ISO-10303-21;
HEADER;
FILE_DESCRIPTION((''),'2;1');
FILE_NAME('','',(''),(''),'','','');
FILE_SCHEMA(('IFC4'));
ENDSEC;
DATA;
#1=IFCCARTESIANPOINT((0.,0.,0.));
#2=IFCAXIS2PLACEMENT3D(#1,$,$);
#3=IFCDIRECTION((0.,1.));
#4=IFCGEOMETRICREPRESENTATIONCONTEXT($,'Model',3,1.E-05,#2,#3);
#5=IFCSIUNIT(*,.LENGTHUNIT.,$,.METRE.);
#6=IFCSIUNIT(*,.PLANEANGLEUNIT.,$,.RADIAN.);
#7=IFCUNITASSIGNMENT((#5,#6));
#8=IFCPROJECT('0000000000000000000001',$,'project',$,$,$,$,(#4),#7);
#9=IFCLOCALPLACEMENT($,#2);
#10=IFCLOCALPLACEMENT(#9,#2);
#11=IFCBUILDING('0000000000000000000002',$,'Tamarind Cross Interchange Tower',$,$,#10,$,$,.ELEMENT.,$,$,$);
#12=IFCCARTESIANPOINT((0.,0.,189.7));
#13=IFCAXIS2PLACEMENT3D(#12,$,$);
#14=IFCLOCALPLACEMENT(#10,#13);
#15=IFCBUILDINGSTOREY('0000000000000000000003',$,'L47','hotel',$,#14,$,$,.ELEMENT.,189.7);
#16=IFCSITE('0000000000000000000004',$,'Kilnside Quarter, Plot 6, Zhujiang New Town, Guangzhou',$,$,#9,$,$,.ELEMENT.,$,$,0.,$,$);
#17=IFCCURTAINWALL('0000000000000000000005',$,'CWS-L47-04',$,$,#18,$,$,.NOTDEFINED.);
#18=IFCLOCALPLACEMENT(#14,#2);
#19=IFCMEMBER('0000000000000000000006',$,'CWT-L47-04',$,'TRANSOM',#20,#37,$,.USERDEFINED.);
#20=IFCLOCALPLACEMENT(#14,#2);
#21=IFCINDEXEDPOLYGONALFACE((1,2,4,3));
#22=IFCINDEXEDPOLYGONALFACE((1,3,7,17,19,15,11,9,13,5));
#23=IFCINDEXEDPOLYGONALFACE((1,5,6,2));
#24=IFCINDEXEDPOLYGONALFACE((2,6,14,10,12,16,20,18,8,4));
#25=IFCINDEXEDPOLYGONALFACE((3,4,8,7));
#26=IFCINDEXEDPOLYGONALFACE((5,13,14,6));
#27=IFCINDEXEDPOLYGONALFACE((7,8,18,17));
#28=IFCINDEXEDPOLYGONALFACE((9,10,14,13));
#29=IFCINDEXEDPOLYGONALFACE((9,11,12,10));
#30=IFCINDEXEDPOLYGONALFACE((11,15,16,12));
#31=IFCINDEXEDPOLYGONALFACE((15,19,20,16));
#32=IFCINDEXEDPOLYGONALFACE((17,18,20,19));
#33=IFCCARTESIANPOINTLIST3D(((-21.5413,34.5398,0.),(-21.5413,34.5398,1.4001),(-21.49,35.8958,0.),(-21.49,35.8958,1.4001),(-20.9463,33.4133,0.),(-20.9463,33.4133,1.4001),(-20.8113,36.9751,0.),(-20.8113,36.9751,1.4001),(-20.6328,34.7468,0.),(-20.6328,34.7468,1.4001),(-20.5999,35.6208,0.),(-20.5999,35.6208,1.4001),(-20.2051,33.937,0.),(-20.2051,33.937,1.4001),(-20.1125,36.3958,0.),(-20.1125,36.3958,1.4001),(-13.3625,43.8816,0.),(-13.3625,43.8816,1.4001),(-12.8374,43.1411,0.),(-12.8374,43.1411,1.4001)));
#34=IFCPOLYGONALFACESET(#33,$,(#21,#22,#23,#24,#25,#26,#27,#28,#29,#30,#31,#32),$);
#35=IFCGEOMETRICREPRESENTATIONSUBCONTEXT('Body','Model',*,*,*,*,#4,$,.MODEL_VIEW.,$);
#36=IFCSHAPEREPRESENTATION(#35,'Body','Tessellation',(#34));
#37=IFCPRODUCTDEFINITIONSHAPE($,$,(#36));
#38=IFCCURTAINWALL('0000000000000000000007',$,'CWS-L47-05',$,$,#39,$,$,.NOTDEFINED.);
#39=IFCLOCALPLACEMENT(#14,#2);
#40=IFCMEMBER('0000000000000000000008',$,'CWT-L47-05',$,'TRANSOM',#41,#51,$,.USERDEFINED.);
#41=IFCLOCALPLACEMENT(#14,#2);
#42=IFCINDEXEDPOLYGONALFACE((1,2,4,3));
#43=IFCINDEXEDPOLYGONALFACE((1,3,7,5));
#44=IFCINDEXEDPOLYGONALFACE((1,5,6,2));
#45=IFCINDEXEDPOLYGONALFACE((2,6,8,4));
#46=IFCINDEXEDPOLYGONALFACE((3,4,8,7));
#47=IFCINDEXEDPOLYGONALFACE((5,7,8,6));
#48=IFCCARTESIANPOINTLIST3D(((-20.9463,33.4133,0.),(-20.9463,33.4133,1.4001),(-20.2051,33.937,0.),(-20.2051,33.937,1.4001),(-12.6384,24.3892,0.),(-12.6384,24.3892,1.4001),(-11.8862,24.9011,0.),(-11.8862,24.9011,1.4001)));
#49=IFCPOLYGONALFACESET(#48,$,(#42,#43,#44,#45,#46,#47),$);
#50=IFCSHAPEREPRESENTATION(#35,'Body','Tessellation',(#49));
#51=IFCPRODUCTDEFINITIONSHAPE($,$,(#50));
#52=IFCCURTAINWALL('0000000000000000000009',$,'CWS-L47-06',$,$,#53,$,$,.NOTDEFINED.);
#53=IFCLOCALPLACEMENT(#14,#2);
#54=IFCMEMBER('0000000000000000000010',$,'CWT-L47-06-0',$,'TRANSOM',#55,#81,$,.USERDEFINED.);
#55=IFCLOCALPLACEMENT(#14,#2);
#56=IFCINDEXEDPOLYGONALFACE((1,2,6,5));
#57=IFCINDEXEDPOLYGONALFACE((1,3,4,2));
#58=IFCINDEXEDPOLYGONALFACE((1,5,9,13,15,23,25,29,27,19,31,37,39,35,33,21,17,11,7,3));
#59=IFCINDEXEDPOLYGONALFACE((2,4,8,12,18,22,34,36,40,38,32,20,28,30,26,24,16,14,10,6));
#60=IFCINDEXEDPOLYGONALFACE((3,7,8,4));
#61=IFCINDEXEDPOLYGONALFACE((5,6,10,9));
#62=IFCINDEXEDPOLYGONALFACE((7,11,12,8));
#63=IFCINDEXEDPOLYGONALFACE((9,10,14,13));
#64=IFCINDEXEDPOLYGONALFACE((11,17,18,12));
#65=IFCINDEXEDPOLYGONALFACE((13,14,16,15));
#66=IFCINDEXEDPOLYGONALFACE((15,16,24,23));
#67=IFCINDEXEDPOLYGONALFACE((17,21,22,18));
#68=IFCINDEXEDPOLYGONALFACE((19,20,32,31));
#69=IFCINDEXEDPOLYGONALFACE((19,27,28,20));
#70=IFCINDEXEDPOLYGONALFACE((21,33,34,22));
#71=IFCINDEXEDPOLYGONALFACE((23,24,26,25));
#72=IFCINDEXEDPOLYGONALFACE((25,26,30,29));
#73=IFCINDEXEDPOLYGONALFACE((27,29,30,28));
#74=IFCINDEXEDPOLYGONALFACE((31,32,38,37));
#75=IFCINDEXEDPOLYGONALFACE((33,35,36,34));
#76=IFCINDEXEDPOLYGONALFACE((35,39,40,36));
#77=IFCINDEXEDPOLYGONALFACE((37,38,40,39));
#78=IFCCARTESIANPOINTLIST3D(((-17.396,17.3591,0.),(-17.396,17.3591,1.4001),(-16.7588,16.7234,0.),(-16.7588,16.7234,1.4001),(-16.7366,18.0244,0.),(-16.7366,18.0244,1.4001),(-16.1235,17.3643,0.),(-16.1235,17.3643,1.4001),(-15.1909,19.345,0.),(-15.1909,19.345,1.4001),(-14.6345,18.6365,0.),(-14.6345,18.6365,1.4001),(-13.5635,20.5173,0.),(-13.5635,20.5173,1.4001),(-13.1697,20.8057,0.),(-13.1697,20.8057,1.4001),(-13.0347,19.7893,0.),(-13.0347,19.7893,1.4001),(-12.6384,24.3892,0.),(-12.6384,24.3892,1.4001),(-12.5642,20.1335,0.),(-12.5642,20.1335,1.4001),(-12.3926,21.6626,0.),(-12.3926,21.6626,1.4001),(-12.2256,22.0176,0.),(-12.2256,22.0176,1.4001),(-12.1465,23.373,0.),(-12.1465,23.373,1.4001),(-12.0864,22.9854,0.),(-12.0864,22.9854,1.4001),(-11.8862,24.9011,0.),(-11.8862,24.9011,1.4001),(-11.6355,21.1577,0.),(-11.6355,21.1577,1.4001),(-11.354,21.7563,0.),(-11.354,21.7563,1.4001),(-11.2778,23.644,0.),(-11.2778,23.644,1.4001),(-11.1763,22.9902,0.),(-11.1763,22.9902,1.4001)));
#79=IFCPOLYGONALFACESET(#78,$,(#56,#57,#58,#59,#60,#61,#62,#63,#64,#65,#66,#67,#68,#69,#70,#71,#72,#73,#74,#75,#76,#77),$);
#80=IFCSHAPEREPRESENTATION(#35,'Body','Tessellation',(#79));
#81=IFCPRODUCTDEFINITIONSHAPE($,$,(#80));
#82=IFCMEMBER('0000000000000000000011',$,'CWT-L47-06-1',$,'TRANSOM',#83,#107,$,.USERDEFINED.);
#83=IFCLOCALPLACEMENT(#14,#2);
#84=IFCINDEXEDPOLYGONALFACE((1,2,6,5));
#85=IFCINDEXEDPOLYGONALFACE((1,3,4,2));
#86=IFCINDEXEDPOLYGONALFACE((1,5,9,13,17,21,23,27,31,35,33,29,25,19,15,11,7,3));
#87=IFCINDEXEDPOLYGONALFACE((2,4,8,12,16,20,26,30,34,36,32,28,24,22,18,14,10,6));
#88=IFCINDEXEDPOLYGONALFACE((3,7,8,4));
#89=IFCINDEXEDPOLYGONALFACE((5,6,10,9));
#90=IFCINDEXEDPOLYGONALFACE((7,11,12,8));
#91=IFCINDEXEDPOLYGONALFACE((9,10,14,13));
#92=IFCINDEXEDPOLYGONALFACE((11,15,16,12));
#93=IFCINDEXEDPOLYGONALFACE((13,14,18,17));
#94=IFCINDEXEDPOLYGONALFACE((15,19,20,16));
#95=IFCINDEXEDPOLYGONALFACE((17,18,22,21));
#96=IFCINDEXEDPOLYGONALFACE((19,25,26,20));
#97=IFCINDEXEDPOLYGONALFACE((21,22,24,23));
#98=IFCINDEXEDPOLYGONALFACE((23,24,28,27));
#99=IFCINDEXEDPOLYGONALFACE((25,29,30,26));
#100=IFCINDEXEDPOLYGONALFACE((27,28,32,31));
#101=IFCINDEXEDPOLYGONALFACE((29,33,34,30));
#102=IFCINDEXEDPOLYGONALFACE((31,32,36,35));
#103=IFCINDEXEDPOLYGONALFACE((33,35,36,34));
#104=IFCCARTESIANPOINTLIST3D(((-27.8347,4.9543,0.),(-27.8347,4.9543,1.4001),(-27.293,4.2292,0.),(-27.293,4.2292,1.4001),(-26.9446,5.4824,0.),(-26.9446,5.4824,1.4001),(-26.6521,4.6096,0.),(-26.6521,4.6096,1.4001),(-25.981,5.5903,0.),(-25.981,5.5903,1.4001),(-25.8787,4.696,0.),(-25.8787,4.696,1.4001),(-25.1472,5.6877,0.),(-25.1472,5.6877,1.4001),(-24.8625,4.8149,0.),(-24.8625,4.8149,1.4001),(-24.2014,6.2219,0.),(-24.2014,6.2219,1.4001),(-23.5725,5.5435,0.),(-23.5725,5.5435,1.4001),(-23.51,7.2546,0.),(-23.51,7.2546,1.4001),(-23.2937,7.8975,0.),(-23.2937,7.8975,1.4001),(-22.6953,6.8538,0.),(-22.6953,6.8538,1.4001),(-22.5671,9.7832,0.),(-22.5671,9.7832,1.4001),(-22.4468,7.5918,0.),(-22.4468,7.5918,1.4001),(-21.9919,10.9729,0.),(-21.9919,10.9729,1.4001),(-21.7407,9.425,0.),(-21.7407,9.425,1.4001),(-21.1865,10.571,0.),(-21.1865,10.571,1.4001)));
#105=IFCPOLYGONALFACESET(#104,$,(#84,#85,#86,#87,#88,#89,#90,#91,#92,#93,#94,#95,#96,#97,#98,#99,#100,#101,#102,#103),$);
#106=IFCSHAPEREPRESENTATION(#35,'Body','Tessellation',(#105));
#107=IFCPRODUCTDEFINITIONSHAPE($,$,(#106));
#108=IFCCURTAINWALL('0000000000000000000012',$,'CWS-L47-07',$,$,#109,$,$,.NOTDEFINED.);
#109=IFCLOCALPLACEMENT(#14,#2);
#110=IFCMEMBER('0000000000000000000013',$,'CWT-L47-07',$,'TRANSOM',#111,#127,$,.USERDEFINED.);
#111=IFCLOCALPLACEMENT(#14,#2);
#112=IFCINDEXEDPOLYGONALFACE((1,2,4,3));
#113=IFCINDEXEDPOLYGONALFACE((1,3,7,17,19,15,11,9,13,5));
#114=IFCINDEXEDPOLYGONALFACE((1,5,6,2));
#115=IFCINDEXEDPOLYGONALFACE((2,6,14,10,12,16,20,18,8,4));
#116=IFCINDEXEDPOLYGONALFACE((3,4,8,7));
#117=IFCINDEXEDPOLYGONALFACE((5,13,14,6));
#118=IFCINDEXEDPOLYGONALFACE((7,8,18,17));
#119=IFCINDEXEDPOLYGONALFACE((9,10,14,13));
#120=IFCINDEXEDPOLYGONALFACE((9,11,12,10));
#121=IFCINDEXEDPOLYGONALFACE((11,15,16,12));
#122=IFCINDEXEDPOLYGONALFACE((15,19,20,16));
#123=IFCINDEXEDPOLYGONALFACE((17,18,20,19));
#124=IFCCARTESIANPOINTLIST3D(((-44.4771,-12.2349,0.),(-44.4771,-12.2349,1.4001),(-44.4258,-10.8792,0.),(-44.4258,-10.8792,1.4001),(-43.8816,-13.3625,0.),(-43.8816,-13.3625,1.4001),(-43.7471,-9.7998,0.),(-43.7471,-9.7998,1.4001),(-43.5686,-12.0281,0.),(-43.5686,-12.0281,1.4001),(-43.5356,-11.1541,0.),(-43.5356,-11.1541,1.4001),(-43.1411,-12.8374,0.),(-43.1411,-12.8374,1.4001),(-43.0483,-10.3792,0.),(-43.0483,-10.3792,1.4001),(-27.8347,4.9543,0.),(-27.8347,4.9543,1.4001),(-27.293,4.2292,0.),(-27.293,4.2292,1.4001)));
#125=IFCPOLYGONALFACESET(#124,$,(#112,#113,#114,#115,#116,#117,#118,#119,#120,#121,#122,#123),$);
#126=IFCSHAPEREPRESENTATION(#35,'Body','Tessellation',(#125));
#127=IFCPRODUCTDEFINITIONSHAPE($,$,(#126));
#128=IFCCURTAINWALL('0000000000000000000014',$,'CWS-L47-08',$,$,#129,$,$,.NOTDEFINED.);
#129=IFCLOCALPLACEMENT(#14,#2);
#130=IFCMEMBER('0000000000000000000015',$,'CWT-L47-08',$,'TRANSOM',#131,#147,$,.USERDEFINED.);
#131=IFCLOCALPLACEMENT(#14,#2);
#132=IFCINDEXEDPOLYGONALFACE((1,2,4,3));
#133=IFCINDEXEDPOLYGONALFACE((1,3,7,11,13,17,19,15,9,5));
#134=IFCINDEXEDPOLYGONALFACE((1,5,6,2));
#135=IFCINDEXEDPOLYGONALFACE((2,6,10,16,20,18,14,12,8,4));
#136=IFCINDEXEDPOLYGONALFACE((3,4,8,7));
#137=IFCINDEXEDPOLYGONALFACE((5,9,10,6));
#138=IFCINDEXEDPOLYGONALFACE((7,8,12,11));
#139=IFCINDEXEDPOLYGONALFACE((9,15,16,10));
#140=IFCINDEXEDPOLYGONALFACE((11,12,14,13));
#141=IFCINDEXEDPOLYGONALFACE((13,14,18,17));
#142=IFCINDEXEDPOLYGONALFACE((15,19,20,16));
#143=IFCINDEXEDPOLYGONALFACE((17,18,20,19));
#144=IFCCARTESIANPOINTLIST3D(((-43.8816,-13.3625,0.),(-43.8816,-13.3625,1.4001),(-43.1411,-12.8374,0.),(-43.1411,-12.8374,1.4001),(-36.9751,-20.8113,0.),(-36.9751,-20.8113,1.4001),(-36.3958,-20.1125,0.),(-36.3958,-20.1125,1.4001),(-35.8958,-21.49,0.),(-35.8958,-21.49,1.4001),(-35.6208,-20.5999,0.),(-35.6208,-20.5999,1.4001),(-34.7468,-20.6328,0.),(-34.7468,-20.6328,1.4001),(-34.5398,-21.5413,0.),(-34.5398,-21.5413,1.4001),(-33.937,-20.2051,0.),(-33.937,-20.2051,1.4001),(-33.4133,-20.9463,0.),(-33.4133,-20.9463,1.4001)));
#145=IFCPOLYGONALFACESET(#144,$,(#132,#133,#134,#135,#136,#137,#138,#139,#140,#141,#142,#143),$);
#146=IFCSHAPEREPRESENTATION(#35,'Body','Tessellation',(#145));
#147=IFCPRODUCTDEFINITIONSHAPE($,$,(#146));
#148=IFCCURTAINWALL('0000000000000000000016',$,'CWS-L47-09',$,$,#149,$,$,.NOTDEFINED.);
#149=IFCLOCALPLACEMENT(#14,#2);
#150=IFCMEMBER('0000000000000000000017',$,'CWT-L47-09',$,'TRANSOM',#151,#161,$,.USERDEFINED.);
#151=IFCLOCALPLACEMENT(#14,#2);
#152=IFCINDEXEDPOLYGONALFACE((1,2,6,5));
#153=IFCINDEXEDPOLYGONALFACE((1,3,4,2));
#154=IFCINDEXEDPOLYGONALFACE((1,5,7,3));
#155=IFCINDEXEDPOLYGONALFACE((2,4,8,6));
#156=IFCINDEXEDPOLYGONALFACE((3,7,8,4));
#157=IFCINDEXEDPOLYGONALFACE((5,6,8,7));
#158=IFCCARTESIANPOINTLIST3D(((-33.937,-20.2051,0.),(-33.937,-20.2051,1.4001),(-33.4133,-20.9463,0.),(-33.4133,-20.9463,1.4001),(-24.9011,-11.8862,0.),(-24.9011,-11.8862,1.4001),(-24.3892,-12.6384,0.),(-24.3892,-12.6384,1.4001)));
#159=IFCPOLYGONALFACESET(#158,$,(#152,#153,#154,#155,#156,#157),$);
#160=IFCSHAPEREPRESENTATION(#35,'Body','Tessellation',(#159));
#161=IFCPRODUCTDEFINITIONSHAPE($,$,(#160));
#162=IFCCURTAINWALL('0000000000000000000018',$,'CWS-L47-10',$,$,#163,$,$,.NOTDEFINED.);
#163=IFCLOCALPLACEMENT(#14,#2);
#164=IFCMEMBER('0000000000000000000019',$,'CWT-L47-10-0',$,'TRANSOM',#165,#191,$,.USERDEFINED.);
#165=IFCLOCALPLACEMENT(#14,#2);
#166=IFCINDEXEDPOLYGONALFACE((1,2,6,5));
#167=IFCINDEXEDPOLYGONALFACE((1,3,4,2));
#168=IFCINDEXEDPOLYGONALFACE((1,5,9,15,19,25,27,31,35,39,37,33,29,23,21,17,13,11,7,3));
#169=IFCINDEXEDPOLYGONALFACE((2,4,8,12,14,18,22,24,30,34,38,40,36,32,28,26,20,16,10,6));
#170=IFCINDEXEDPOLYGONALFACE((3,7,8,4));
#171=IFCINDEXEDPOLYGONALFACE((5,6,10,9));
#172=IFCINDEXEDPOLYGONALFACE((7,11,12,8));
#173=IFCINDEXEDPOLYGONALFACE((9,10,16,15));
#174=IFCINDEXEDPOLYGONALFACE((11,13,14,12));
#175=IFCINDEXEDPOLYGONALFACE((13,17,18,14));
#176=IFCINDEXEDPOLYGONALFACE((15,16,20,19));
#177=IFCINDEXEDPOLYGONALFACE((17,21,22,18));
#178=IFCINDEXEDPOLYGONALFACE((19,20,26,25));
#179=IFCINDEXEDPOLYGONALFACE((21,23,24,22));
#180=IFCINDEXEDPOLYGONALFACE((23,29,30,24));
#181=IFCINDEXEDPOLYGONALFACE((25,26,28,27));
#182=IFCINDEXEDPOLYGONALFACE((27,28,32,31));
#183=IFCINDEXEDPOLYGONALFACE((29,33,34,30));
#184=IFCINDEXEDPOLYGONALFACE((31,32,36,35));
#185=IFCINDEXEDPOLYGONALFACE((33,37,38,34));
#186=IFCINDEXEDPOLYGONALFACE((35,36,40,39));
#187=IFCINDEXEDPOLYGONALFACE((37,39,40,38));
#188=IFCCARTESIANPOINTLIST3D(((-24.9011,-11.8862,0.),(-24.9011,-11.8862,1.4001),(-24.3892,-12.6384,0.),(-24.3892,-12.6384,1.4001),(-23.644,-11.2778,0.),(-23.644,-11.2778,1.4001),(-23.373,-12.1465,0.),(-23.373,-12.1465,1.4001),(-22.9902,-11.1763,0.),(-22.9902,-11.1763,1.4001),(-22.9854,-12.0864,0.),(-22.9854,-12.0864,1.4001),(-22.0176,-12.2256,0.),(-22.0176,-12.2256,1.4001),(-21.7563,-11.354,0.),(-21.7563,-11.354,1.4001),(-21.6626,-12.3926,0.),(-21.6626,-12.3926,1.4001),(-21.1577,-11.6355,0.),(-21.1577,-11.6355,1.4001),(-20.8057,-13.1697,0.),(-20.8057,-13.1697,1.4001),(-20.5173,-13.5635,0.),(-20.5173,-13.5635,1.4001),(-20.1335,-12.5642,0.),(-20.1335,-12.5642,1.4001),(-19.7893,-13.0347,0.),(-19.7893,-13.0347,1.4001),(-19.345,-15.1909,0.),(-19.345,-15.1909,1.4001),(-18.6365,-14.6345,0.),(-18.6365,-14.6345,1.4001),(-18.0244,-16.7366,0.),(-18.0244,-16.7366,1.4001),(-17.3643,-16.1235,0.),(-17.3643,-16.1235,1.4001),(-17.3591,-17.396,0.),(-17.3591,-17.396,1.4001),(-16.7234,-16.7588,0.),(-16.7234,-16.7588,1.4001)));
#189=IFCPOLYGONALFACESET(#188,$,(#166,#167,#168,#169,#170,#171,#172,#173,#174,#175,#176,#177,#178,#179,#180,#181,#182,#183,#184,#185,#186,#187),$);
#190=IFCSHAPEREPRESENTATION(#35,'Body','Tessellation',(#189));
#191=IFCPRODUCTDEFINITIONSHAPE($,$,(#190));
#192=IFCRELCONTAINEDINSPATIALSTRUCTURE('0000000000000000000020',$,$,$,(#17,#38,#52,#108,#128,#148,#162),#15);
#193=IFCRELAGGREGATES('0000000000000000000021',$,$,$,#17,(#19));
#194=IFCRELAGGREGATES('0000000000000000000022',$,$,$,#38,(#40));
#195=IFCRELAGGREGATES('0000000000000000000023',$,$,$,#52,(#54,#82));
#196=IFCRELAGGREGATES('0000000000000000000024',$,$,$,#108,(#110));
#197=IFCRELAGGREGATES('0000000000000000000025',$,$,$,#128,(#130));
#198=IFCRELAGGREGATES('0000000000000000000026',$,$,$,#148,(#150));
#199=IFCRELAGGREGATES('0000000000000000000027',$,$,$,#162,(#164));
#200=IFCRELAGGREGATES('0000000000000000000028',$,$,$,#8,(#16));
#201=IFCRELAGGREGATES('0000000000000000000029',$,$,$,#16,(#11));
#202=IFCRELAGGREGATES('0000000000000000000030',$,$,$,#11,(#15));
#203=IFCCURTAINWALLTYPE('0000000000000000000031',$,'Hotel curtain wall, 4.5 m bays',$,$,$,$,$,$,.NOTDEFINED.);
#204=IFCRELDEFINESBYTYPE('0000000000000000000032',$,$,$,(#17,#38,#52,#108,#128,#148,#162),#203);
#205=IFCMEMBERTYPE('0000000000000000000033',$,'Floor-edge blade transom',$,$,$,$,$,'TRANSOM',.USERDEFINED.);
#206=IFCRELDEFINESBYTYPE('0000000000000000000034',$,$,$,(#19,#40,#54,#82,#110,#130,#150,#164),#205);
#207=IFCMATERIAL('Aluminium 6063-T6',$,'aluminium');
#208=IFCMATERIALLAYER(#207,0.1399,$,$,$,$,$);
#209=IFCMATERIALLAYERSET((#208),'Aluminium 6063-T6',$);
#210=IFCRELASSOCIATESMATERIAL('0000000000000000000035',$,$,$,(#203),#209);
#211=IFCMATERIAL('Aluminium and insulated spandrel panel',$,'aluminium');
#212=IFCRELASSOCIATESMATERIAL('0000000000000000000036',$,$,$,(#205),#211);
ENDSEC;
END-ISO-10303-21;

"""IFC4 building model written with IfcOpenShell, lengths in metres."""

from ifc_helpers import new_model, si_unit, direction, frame, origin, place, context, subcontext, project, spatial, polyline, outline, extrude, material, layer, layer_set, type_object, element, aggregate, save


model = new_model("IFC4")

# Units and contexts
model_context = context("Model", 3, precision=1e-05, world=origin(), true_north=direction((0.0, 1.0)))
body_context = subcontext(model_context, "Body", "Model", "MODEL_VIEW")
ifc_project = project(units=[si_unit("LENGTHUNIT", "METRE"), si_unit("PLANEANGLEUNIT", "RADIAN")], contexts=[model_context])

# Site, building, storey
site_placement = place(None, origin())
site = spatial("IfcSite", under=ifc_project, at=site_placement, Name="Kilnside Quarter, Plot 6, Zhujiang New Town, Guangzhou", CompositionType="ELEMENT", RefElevation=0.0)
building_placement = place(site_placement, origin())
building = spatial("IfcBuilding", under=site, at=building_placement, Name="Tamarind Cross Interchange Tower", CompositionType="ELEMENT")
storey_placement = place(building_placement, frame((0.0, 0.0, 189.7)))
storey = spatial("IfcBuildingStorey", under=building, at=storey_placement, Name="L47", Description="hotel", CompositionType="ELEMENT", Elevation=189.7)

# Curtain walls, members
ifc_material_1 = material(Name="Aluminium 6063-T6", Category="aluminium")
ifc_layer_1 = layer(ifc_material_1, 0.1399)
ifc_layer_set_1 = layer_set([ifc_layer_1], Name="Aluminium 6063-T6")
curtain_wall_type = type_object("IfcCurtainWallType", Name="Hotel curtain wall, 4.5 m bays", PredefinedType="NOTDEFINED", material=ifc_layer_set_1)
curtain_wall_1_placement = place(storey_placement, origin())
curtain_wall_1 = element("IfcCurtainWall", 1, at=curtain_wall_1_placement, inside=storey, type_object=curtain_wall_type, Name="CWS-L47-04", PredefinedType="NOTDEFINED")
ifc_material_2 = material(Name="Aluminium and insulated spandrel panel", Category="aluminium")
member_type = type_object("IfcMemberType", Name="Floor-edge blade transom", ElementType="TRANSOM", PredefinedType="USERDEFINED", material=ifc_material_2)
member_1_placement = place(storey_placement, origin())
member_1 = element("IfcMember", 2, at=member_1_placement, type_object=member_type, Name="CWT-L47-04", ObjectType="TRANSOM", PredefinedType="USERDEFINED", context=body_context, shape_type="SweptSolid", body=[
    extrude(outline(polyline([(-12.8374, 43.1411), (-20.1125, 36.3958), (-20.5999, 35.6208), (-20.6328, 34.7468), (-20.2051, 33.937), (-20.9463, 33.4133), (-21.5413, 34.5398), (-21.49, 35.8958), (-20.8113, 36.9751), (-13.3625, 43.8816), (-12.8374, 43.1411)])), origin(), (0.0, 0.0, 1.0), 1.4001),
])
aggregate(curtain_wall_1, [member_1])
curtain_wall_2_placement = place(storey_placement, origin())
curtain_wall_2 = element("IfcCurtainWall", 3, at=curtain_wall_2_placement, inside=storey, type_object=curtain_wall_type, Name="CWS-L47-05", PredefinedType="NOTDEFINED")
member_2_placement = place(storey_placement, origin())
member_2 = element("IfcMember", 4, at=member_2_placement, type_object=member_type, Name="CWT-L47-05", ObjectType="TRANSOM", PredefinedType="USERDEFINED", context=body_context, shape_type="SweptSolid", body=[
    extrude(outline(polyline([(-20.2051, 33.937), (-11.8862, 24.9011), (-12.6384, 24.3892), (-20.9463, 33.4133), (-20.2051, 33.937)])), origin(), (0.0, 0.0, 1.0), 1.4001),
])
aggregate(curtain_wall_2, [member_2])

# Curtain wall, members
curtain_wall_3_placement = place(storey_placement, origin())
curtain_wall_3 = element("IfcCurtainWall", 5, at=curtain_wall_3_placement, inside=storey, type_object=curtain_wall_type, Name="CWS-L47-06", PredefinedType="NOTDEFINED")
member_3_placement = place(storey_placement, origin())
member_3 = element("IfcMember", 6, at=member_3_placement, type_object=member_type, Name="CWT-L47-06-0", ObjectType="TRANSOM", PredefinedType="USERDEFINED", context=body_context, shape_type="SweptSolid", body=[
    extrude(outline(polyline([(-11.8862, 24.9011), (-11.2778, 23.644), (-11.1763, 22.9902), (-11.354, 21.7563), (-11.6355, 21.1577), (-12.5642, 20.1335), (-13.0347, 19.7893), (-14.6345, 18.6365), (-16.1235, 17.3643), (-16.7588, 16.7234), (-17.396, 17.3591), (-16.7366, 18.0244), (-15.1909, 19.345), (-13.5635, 20.5173), (-13.1697, 20.8057), (-12.3926, 21.6626), (-12.2256, 22.0176), (-12.0864, 22.9854), (-12.1465, 23.373), (-12.6384, 24.3892), (-11.8862, 24.9011)])), origin(), (0.0, 0.0, 1.0), 1.4001),
])
member_4_placement = place(storey_placement, origin())
member_4 = element("IfcMember", 7, at=member_4_placement, type_object=member_type, Name="CWT-L47-06-1", ObjectType="TRANSOM", PredefinedType="USERDEFINED", context=body_context, shape_type="SweptSolid", body=[
    extrude(outline(polyline([(-21.1865, 10.571), (-21.7407, 9.425), (-22.4468, 7.5918), (-22.6953, 6.8538), (-23.5725, 5.5435), (-24.8625, 4.8149), (-25.8787, 4.696), (-26.6521, 4.6096), (-27.293, 4.2292), (-27.8347, 4.9543), (-26.9446, 5.4824), (-25.981, 5.5903), (-25.1472, 5.6877), (-24.2014, 6.2219), (-23.51, 7.2546), (-23.2937, 7.8975), (-22.5671, 9.7832), (-21.9919, 10.9729), (-21.1865, 10.571)])), origin(), (0.0, 0.0, 1.0), 1.4001),
])
aggregate(curtain_wall_3, [member_3, member_4])

# Curtain walls, members
curtain_wall_4_placement = place(storey_placement, origin())
curtain_wall_4 = element("IfcCurtainWall", 8, at=curtain_wall_4_placement, inside=storey, type_object=curtain_wall_type, Name="CWS-L47-07", PredefinedType="NOTDEFINED")
member_5_placement = place(storey_placement, origin())
member_5 = element("IfcMember", 9, at=member_5_placement, type_object=member_type, Name="CWT-L47-07", ObjectType="TRANSOM", PredefinedType="USERDEFINED", context=body_context, shape_type="SweptSolid", body=[
    extrude(outline(polyline([(-27.293, 4.2292), (-43.0483, -10.3792), (-43.5356, -11.1541), (-43.5686, -12.0281), (-43.1411, -12.8374), (-43.8816, -13.3625), (-44.4771, -12.2349), (-44.4258, -10.8792), (-43.7471, -9.7998), (-27.8347, 4.9543), (-27.293, 4.2292)])), origin(), (0.0, 0.0, 1.0), 1.4001),
])
aggregate(curtain_wall_4, [member_5])
curtain_wall_5_placement = place(storey_placement, origin())
curtain_wall_5 = element("IfcCurtainWall", 10, at=curtain_wall_5_placement, inside=storey, type_object=curtain_wall_type, Name="CWS-L47-08", PredefinedType="NOTDEFINED")
member_6_placement = place(storey_placement, origin())
member_6 = element("IfcMember", 11, at=member_6_placement, type_object=member_type, Name="CWT-L47-08", ObjectType="TRANSOM", PredefinedType="USERDEFINED", context=body_context, shape_type="SweptSolid", body=[
    extrude(outline(polyline([(-43.1411, -12.8374), (-36.3958, -20.1125), (-35.6208, -20.5999), (-34.7468, -20.6328), (-33.937, -20.2051), (-33.4133, -20.9463), (-34.5398, -21.5413), (-35.8958, -21.49), (-36.9751, -20.8113), (-43.8816, -13.3625), (-43.1411, -12.8374)])), origin(), (0.0, 0.0, 1.0), 1.4001),
])
aggregate(curtain_wall_5, [member_6])
curtain_wall_6_placement = place(storey_placement, origin())
curtain_wall_6 = element("IfcCurtainWall", 12, at=curtain_wall_6_placement, inside=storey, type_object=curtain_wall_type, Name="CWS-L47-09", PredefinedType="NOTDEFINED")
member_7_placement = place(storey_placement, origin())
member_7 = element("IfcMember", 13, at=member_7_placement, type_object=member_type, Name="CWT-L47-09", ObjectType="TRANSOM", PredefinedType="USERDEFINED", context=body_context, shape_type="SweptSolid", body=[
    extrude(outline(polyline([(-33.937, -20.2051), (-24.9011, -11.8862), (-24.3892, -12.6384), (-33.4133, -20.9463), (-33.937, -20.2051)])), origin(), (0.0, 0.0, 1.0), 1.4001),
])
aggregate(curtain_wall_6, [member_7])

# Curtain wall, member
curtain_wall_7_placement = place(storey_placement, origin())
curtain_wall_7 = element("IfcCurtainWall", 14, at=curtain_wall_7_placement, inside=storey, type_object=curtain_wall_type, Name="CWS-L47-10", PredefinedType="NOTDEFINED")
member_8_placement = place(storey_placement, origin())
member_8 = element("IfcMember", 15, at=member_8_placement, type_object=member_type, Name="CWT-L47-10-0", ObjectType="TRANSOM", PredefinedType="USERDEFINED", context=body_context, shape_type="SweptSolid", body=[
    extrude(outline(polyline([(-24.9011, -11.8862), (-23.644, -11.2778), (-22.9902, -11.1763), (-21.7563, -11.354), (-21.1577, -11.6355), (-20.1335, -12.5642), (-19.7893, -13.0347), (-18.6365, -14.6345), (-17.3643, -16.1235), (-16.7234, -16.7588), (-17.3591, -17.396), (-18.0244, -16.7366), (-19.345, -15.1909), (-20.5173, -13.5635), (-20.8057, -13.1697), (-21.6626, -12.3926), (-22.0176, -12.2256), (-22.9854, -12.0864), (-23.373, -12.1465), (-24.3892, -12.6384), (-24.9011, -11.8862)])), origin(), (0.0, 0.0, 1.0), 1.4001),
])
aggregate(curtain_wall_7, [member_8])

save(model, "model.ifc")
